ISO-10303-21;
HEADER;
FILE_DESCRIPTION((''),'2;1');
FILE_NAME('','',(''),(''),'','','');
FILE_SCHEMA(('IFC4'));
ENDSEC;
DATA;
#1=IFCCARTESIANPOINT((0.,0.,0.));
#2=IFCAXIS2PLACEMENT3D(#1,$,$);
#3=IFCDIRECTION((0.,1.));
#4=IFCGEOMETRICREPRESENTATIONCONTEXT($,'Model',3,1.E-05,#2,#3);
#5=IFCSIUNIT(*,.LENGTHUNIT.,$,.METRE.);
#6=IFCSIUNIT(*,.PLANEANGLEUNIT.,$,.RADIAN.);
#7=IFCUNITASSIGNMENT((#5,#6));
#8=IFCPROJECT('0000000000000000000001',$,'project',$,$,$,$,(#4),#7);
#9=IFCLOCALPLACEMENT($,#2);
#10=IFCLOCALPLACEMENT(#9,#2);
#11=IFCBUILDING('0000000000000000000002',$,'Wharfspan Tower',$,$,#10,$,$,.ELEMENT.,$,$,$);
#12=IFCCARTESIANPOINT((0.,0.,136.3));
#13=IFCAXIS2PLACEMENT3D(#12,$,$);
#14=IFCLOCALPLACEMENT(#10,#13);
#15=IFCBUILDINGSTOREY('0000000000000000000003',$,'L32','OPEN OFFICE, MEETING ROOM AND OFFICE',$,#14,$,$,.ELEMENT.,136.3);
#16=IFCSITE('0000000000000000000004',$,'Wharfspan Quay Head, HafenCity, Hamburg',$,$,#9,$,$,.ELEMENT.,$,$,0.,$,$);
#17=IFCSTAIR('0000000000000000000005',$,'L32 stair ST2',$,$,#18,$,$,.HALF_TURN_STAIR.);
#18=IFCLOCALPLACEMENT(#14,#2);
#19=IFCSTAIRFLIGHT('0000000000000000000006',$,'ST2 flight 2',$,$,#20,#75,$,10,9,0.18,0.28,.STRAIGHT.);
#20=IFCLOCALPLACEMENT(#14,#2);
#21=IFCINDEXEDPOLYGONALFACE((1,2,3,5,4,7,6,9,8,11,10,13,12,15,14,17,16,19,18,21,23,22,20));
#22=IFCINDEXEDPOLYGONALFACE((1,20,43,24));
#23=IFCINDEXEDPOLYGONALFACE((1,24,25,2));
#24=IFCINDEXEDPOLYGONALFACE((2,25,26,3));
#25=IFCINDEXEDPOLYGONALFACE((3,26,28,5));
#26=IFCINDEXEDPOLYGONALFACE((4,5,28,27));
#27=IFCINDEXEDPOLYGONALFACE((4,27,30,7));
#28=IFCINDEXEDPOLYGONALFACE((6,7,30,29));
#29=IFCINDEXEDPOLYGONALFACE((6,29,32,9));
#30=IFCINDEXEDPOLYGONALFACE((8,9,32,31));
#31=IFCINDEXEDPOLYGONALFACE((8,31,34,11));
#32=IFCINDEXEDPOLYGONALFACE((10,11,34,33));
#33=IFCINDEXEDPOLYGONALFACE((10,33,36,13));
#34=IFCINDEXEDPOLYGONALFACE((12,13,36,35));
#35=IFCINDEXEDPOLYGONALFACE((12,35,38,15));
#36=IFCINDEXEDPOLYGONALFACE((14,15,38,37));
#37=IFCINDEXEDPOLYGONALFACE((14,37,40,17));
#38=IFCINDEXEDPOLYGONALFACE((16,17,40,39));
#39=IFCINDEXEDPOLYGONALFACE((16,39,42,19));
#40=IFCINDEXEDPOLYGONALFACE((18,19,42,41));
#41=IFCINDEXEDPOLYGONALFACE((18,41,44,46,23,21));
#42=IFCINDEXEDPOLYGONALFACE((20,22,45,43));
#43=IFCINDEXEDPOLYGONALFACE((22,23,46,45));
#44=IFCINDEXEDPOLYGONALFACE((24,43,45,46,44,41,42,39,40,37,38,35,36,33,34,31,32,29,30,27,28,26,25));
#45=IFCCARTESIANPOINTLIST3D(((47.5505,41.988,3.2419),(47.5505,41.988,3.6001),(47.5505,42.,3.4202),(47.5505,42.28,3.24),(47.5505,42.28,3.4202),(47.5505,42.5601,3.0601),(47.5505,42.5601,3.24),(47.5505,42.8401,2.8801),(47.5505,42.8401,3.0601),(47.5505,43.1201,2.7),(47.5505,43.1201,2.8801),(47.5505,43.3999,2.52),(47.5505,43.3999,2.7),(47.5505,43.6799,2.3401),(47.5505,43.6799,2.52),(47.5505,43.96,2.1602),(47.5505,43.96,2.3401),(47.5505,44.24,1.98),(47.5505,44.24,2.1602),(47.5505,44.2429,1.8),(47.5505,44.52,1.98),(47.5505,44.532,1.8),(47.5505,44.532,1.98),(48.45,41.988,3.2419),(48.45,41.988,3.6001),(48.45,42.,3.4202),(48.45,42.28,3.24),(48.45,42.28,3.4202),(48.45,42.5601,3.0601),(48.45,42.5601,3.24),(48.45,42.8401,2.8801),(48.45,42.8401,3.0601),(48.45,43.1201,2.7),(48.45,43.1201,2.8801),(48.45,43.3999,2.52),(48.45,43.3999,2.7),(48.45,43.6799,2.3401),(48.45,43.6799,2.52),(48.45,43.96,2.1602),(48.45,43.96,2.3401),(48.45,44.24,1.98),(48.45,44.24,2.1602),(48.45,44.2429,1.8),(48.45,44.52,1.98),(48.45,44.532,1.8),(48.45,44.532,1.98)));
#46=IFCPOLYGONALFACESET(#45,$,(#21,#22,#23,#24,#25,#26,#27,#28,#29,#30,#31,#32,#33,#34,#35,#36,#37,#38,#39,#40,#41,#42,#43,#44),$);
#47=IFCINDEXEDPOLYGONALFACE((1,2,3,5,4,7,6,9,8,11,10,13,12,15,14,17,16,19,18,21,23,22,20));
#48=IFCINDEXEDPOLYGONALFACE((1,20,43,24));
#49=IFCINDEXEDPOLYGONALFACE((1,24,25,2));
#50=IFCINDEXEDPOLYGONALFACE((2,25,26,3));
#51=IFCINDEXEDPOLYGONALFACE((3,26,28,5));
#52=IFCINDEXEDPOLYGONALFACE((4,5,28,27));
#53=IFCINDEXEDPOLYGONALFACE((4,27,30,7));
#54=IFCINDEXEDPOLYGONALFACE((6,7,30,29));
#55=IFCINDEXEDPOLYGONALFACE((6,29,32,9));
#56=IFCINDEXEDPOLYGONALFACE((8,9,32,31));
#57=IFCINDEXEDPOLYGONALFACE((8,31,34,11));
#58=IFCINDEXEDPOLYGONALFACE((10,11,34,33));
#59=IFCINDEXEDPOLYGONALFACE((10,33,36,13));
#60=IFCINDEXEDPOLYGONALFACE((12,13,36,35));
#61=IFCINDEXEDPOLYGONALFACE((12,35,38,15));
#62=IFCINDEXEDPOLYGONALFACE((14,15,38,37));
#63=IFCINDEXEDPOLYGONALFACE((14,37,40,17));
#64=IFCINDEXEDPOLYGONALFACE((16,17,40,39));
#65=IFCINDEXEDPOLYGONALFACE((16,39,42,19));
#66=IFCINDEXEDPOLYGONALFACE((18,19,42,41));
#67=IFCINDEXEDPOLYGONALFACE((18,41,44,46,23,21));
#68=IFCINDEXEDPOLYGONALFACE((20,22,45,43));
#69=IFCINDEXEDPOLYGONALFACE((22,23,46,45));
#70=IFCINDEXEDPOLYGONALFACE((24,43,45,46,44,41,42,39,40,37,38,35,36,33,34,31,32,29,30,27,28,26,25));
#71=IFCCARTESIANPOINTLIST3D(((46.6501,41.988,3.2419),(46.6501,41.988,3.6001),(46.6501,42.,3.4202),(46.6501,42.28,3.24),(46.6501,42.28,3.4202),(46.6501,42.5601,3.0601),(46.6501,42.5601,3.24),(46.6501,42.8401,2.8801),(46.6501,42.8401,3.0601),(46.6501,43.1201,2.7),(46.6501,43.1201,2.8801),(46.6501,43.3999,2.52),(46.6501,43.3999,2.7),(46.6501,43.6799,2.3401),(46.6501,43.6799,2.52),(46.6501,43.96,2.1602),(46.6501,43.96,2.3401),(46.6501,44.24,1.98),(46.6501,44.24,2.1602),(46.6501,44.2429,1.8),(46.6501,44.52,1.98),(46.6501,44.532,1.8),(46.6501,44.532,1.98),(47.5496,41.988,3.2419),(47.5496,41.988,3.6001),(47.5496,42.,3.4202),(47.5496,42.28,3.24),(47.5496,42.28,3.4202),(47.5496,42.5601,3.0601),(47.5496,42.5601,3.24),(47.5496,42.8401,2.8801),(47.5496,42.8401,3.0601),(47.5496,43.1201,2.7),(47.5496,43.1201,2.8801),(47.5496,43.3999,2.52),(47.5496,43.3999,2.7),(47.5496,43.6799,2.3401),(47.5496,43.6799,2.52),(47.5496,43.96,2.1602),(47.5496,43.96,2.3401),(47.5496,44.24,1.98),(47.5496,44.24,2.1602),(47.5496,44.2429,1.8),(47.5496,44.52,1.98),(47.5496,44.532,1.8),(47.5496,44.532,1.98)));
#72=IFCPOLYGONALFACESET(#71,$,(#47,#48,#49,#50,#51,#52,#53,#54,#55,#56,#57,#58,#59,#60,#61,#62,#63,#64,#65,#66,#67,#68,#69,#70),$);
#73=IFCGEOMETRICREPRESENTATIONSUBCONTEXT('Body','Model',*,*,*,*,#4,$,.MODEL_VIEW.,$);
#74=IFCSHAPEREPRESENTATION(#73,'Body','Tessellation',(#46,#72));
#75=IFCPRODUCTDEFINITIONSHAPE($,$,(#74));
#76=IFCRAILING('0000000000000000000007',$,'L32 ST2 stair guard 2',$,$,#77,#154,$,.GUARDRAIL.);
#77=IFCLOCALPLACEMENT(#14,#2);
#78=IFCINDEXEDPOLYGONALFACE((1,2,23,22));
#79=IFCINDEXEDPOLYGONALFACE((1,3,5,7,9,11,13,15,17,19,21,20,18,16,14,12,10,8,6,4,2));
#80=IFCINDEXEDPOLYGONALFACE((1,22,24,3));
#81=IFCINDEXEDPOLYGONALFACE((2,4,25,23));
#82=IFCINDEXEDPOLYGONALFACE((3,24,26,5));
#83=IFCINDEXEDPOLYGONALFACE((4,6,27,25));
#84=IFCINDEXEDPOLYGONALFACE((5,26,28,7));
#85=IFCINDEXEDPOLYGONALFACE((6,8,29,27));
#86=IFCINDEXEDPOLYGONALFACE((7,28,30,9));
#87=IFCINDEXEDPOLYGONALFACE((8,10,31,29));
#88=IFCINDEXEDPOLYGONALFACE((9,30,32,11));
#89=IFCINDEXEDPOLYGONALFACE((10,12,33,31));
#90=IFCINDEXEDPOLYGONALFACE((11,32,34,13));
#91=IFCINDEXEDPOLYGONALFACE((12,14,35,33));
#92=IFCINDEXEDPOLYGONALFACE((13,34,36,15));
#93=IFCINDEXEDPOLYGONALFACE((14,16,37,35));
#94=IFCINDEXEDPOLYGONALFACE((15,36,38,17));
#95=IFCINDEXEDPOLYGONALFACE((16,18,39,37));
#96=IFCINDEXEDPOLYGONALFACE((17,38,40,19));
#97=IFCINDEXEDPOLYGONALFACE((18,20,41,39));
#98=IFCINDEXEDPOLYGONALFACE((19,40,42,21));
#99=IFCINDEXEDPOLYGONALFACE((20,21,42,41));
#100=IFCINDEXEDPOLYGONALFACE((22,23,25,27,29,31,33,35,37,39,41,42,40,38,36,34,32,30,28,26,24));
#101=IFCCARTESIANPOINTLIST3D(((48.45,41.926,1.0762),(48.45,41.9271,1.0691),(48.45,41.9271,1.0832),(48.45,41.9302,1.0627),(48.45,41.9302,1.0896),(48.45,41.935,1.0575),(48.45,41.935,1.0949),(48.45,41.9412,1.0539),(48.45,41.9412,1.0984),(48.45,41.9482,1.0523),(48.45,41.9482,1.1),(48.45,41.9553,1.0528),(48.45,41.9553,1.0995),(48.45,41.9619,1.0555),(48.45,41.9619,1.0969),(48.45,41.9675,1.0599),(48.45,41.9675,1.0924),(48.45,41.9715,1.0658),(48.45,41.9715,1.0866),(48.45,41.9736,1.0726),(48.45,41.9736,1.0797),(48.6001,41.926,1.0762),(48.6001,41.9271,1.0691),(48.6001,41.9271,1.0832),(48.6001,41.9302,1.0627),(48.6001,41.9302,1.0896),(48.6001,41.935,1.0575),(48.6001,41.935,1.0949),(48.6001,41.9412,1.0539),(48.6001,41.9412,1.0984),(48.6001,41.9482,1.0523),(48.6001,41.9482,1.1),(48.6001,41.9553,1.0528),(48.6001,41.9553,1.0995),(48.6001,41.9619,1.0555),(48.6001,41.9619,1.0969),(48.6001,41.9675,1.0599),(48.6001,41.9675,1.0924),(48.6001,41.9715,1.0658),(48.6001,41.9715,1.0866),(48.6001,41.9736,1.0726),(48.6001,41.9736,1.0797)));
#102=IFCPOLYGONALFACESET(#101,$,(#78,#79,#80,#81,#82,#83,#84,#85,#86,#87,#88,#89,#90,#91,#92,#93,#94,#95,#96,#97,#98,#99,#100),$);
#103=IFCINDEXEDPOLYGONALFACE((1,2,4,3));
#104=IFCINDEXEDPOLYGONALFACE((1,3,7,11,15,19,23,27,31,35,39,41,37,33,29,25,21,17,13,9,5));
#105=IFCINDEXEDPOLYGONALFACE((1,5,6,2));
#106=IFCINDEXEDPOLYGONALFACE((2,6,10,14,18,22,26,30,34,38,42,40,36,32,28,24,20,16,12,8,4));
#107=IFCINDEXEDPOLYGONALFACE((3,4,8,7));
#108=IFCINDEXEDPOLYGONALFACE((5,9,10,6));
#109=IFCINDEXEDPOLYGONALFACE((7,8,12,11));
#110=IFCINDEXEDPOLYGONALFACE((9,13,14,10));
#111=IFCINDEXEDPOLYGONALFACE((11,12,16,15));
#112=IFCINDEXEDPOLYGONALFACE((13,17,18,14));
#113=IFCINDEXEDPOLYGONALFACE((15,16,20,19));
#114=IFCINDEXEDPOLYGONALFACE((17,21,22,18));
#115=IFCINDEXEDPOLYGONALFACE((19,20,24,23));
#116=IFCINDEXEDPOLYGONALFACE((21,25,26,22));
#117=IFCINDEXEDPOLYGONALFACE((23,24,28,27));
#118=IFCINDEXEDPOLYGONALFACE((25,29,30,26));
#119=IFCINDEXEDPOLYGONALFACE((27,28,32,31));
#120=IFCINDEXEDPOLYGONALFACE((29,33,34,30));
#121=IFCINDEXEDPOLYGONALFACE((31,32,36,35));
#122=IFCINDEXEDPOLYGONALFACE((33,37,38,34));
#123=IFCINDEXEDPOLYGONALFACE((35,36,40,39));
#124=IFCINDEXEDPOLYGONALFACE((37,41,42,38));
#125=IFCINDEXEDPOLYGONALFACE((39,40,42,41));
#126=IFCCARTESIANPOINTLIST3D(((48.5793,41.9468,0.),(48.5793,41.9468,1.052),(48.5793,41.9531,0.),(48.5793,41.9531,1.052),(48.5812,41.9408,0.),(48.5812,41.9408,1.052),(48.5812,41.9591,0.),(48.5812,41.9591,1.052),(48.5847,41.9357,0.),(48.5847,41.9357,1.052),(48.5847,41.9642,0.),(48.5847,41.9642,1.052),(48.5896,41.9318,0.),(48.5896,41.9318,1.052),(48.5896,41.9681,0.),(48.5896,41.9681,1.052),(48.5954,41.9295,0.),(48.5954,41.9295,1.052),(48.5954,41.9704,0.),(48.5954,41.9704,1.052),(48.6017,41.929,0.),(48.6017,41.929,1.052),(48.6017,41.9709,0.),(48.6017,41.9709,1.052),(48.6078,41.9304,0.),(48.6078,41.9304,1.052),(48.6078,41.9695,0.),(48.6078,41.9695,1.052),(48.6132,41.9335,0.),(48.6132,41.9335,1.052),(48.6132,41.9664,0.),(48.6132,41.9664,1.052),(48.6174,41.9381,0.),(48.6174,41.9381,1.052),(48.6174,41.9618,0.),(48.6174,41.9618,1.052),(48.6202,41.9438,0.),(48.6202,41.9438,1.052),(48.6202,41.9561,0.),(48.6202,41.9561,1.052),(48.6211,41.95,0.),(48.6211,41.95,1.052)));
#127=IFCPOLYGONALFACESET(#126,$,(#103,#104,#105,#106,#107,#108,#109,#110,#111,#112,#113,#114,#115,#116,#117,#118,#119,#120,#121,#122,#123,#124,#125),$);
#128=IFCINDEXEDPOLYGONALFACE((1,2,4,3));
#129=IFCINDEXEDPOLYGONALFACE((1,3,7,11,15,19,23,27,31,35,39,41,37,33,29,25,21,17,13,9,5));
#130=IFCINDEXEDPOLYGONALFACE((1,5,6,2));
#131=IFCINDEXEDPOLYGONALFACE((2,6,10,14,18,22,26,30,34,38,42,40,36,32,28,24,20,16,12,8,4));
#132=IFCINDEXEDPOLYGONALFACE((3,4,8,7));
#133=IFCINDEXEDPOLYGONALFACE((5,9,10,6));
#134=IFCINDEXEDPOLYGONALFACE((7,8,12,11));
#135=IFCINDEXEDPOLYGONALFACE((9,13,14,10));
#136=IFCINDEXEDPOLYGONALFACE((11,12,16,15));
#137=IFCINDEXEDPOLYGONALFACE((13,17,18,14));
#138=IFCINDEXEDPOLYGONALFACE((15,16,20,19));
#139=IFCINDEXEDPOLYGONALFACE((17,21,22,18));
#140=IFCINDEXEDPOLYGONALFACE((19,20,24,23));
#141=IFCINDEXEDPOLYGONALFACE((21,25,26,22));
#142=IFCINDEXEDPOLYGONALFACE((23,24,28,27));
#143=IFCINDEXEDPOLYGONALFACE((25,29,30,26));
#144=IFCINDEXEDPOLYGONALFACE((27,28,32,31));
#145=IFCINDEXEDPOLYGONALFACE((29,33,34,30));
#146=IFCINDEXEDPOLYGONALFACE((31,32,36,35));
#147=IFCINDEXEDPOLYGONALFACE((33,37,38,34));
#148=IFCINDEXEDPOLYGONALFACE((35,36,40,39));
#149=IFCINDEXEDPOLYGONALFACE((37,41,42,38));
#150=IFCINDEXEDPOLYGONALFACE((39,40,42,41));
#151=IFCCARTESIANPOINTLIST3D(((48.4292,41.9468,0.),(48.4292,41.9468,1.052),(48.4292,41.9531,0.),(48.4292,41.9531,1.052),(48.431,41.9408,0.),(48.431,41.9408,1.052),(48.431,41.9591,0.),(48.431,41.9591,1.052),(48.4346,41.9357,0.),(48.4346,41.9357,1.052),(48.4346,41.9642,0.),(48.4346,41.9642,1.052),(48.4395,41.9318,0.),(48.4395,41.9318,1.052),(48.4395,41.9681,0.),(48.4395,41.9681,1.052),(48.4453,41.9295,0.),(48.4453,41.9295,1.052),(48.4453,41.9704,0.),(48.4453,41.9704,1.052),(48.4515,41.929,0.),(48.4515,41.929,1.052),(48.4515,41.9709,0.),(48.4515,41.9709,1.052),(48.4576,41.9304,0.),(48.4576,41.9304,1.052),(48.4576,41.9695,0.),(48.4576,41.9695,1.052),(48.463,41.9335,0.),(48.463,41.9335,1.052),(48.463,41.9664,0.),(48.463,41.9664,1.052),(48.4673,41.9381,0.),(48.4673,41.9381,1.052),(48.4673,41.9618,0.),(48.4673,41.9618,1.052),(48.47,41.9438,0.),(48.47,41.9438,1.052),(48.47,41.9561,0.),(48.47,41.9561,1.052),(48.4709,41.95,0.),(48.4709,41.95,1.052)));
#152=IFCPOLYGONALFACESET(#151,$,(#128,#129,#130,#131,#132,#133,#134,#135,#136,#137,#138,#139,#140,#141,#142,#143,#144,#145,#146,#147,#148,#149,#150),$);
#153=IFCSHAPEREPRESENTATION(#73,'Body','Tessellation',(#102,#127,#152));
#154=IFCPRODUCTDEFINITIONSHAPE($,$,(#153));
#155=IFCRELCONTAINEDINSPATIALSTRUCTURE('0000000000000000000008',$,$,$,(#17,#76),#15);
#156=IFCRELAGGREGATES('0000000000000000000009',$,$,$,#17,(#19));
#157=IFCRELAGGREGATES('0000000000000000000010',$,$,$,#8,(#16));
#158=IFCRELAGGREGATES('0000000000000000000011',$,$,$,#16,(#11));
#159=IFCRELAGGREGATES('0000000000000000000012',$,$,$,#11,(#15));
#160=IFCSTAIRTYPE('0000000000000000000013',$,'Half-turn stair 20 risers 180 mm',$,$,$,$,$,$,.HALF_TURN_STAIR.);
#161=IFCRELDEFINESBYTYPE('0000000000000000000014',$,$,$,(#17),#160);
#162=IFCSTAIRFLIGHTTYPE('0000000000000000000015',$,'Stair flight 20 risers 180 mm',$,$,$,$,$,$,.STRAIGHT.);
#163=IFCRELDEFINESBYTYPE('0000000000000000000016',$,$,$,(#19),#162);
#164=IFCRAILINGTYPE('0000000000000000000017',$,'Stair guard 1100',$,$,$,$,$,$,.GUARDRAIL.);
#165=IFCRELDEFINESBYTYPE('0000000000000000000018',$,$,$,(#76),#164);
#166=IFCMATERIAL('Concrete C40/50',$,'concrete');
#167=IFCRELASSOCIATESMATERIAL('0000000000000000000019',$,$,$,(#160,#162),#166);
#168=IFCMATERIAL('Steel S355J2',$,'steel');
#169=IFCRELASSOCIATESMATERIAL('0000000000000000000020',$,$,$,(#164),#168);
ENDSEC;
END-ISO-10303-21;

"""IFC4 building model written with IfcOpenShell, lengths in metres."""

from ifc_helpers import new_model, si_unit, direction, frame, origin, origin_2d, place, context, subcontext, project, spatial, polyline, circle, outline, extrude, material, type_object, element, aggregate, save


model = new_model("IFC4")

# Units and contexts
model_context = context("Model", 3, precision=1e-05, world=origin(), true_north=direction((0.0, 1.0)))
body_context = subcontext(model_context, "Body", "Model", "MODEL_VIEW")
ifc_project = project(units=[si_unit("LENGTHUNIT", "METRE"), si_unit("PLANEANGLEUNIT", "RADIAN")], contexts=[model_context])

# Site, building, storey
site_placement = place(None, origin())
site = spatial("IfcSite", under=ifc_project, at=site_placement, Name="Wharfspan Quay Head, HafenCity, Hamburg", CompositionType="ELEMENT", RefElevation=0.0)
building_placement = place(site_placement, origin())
building = spatial("IfcBuilding", under=site, at=building_placement, Name="Wharfspan Tower", CompositionType="ELEMENT")
storey_placement = place(building_placement, frame((0.0, 0.0, 136.3)))
storey = spatial("IfcBuildingStorey", under=building, at=storey_placement, Name="L32", Description="OPEN OFFICE, MEETING ROOM AND OFFICE", CompositionType="ELEMENT", Elevation=136.3)

# Shared definitions
ifc_material_1 = material(Name="Steel S355J2", Category="steel")

# Shared definitions
ifc_material_2 = material(Name="Concrete C40/50", Category="concrete")

# Stair, stair flight
stair_type = type_object("IfcStairType", Name="Half-turn stair 20 risers 180 mm", PredefinedType="HALF_TURN_STAIR", material=ifc_material_2)
stair_placement = place(storey_placement, origin())
stair = element("IfcStair", 1, at=stair_placement, inside=storey, type_object=stair_type, Name="L32 stair ST2", PredefinedType="HALF_TURN_STAIR")
stair_flight_type = type_object("IfcStairFlightType", Name="Stair flight 20 risers 180 mm", PredefinedType="STRAIGHT", material=ifc_material_2)
stair_flight_1_placement = place(storey_placement, frame((47.55, 44.52, 1.8), z_axis=(0.0, 0.0, 1.0), x_axis=(0.0, -1.0, 0.0)))
stair_flight_1 = element("IfcStairFlight", 2, at=stair_flight_1_placement, type_object=stair_flight_type, Name="ST2 flight 2", NumberOfRisers=10, NumberOfTreads=9, PredefinedType="STRAIGHT", RiserHeight=0.18, TreadLength=0.28, context=body_context, shape_type="SweptSolid", body=[
    extrude(outline(polyline([(-0.012, 0.0), (-0.012, 0.1799), (0.0, 0.1799), (0.28, 0.1799), (0.28, 0.3601), (0.5601, 0.3601), (0.5601, 0.54), (0.8401, 0.54), (0.8401, 0.72), (1.1201, 0.72), (1.1201, 0.8999), (1.3999, 0.8999), (1.3999, 1.0801), (1.6799, 1.0801), (1.6799, 1.26), (1.96, 1.26), (1.96, 1.4399), (2.24, 1.4399), (2.24, 1.6201), (2.52, 1.6201), (2.532, 1.8), (2.532, 1.4419), (0.2771, 0.0), (-0.012, 0.0)])), frame((0.0, 0.8999, 0.0), z_axis=(0.0, -1.0, 0.0), x_axis=(1.0, 0.0, 0.0)), (0.0, 0.0, 1.0), 0.8994),
    extrude(outline(polyline([(-0.012, 0.0), (-0.012, 0.1799), (0.0, 0.1799), (0.28, 0.1799), (0.28, 0.3601), (0.5601, 0.3601), (0.5601, 0.54), (0.8401, 0.54), (0.8401, 0.72), (1.1201, 0.72), (1.1201, 0.8999), (1.3999, 0.8999), (1.3999, 1.0801), (1.6799, 1.0801), (1.6799, 1.26), (1.96, 1.26), (1.96, 1.4399), (2.24, 1.4399), (2.24, 1.6201), (2.52, 1.6201), (2.532, 1.8), (2.532, 1.4419), (0.2771, 0.0), (-0.012, 0.0)])), frame((0.0, -0.0005, 0.0), z_axis=(0.0, -1.0, 0.0), x_axis=(1.0, 0.0, 0.0)), (0.0, 0.0, 1.0), 0.8994),
])
aggregate(stair, [stair_flight_1])

# Railing
railing_type_1 = type_object("IfcRailingType", Name="Stair guard 1100", PredefinedType="GUARDRAIL", material=ifc_material_1)
railing_1_placement = place(storey_placement, frame((48.6001, 41.95, 0.0)))
element("IfcRailing", 3, at=railing_1_placement, inside=storey, type_object=railing_type_1, Name="L32 ST2 stair guard 2", PredefinedType="GUARDRAIL", context=body_context, shape_type="SweptSolid", body=[
    extrude(circle(Radius=0.0239, at=origin_2d()), frame((0.0, 0.0, 1.0762), z_axis=(-1.0, 0.0, 0.0), x_axis=(0.0, -1.0, 0.0)), (0.0, 0.0, 1.0), 0.1501),
    extrude(circle(Radius=0.021, at=origin_2d()), origin(), (0.0, 0.0, 1.0), 1.052),
    extrude(circle(Radius=0.021, at=origin_2d()), frame((-0.1501, 0.0, 0.0)), (0.0, 0.0, 1.0), 1.052),
])

save(model, "model.ifc")
